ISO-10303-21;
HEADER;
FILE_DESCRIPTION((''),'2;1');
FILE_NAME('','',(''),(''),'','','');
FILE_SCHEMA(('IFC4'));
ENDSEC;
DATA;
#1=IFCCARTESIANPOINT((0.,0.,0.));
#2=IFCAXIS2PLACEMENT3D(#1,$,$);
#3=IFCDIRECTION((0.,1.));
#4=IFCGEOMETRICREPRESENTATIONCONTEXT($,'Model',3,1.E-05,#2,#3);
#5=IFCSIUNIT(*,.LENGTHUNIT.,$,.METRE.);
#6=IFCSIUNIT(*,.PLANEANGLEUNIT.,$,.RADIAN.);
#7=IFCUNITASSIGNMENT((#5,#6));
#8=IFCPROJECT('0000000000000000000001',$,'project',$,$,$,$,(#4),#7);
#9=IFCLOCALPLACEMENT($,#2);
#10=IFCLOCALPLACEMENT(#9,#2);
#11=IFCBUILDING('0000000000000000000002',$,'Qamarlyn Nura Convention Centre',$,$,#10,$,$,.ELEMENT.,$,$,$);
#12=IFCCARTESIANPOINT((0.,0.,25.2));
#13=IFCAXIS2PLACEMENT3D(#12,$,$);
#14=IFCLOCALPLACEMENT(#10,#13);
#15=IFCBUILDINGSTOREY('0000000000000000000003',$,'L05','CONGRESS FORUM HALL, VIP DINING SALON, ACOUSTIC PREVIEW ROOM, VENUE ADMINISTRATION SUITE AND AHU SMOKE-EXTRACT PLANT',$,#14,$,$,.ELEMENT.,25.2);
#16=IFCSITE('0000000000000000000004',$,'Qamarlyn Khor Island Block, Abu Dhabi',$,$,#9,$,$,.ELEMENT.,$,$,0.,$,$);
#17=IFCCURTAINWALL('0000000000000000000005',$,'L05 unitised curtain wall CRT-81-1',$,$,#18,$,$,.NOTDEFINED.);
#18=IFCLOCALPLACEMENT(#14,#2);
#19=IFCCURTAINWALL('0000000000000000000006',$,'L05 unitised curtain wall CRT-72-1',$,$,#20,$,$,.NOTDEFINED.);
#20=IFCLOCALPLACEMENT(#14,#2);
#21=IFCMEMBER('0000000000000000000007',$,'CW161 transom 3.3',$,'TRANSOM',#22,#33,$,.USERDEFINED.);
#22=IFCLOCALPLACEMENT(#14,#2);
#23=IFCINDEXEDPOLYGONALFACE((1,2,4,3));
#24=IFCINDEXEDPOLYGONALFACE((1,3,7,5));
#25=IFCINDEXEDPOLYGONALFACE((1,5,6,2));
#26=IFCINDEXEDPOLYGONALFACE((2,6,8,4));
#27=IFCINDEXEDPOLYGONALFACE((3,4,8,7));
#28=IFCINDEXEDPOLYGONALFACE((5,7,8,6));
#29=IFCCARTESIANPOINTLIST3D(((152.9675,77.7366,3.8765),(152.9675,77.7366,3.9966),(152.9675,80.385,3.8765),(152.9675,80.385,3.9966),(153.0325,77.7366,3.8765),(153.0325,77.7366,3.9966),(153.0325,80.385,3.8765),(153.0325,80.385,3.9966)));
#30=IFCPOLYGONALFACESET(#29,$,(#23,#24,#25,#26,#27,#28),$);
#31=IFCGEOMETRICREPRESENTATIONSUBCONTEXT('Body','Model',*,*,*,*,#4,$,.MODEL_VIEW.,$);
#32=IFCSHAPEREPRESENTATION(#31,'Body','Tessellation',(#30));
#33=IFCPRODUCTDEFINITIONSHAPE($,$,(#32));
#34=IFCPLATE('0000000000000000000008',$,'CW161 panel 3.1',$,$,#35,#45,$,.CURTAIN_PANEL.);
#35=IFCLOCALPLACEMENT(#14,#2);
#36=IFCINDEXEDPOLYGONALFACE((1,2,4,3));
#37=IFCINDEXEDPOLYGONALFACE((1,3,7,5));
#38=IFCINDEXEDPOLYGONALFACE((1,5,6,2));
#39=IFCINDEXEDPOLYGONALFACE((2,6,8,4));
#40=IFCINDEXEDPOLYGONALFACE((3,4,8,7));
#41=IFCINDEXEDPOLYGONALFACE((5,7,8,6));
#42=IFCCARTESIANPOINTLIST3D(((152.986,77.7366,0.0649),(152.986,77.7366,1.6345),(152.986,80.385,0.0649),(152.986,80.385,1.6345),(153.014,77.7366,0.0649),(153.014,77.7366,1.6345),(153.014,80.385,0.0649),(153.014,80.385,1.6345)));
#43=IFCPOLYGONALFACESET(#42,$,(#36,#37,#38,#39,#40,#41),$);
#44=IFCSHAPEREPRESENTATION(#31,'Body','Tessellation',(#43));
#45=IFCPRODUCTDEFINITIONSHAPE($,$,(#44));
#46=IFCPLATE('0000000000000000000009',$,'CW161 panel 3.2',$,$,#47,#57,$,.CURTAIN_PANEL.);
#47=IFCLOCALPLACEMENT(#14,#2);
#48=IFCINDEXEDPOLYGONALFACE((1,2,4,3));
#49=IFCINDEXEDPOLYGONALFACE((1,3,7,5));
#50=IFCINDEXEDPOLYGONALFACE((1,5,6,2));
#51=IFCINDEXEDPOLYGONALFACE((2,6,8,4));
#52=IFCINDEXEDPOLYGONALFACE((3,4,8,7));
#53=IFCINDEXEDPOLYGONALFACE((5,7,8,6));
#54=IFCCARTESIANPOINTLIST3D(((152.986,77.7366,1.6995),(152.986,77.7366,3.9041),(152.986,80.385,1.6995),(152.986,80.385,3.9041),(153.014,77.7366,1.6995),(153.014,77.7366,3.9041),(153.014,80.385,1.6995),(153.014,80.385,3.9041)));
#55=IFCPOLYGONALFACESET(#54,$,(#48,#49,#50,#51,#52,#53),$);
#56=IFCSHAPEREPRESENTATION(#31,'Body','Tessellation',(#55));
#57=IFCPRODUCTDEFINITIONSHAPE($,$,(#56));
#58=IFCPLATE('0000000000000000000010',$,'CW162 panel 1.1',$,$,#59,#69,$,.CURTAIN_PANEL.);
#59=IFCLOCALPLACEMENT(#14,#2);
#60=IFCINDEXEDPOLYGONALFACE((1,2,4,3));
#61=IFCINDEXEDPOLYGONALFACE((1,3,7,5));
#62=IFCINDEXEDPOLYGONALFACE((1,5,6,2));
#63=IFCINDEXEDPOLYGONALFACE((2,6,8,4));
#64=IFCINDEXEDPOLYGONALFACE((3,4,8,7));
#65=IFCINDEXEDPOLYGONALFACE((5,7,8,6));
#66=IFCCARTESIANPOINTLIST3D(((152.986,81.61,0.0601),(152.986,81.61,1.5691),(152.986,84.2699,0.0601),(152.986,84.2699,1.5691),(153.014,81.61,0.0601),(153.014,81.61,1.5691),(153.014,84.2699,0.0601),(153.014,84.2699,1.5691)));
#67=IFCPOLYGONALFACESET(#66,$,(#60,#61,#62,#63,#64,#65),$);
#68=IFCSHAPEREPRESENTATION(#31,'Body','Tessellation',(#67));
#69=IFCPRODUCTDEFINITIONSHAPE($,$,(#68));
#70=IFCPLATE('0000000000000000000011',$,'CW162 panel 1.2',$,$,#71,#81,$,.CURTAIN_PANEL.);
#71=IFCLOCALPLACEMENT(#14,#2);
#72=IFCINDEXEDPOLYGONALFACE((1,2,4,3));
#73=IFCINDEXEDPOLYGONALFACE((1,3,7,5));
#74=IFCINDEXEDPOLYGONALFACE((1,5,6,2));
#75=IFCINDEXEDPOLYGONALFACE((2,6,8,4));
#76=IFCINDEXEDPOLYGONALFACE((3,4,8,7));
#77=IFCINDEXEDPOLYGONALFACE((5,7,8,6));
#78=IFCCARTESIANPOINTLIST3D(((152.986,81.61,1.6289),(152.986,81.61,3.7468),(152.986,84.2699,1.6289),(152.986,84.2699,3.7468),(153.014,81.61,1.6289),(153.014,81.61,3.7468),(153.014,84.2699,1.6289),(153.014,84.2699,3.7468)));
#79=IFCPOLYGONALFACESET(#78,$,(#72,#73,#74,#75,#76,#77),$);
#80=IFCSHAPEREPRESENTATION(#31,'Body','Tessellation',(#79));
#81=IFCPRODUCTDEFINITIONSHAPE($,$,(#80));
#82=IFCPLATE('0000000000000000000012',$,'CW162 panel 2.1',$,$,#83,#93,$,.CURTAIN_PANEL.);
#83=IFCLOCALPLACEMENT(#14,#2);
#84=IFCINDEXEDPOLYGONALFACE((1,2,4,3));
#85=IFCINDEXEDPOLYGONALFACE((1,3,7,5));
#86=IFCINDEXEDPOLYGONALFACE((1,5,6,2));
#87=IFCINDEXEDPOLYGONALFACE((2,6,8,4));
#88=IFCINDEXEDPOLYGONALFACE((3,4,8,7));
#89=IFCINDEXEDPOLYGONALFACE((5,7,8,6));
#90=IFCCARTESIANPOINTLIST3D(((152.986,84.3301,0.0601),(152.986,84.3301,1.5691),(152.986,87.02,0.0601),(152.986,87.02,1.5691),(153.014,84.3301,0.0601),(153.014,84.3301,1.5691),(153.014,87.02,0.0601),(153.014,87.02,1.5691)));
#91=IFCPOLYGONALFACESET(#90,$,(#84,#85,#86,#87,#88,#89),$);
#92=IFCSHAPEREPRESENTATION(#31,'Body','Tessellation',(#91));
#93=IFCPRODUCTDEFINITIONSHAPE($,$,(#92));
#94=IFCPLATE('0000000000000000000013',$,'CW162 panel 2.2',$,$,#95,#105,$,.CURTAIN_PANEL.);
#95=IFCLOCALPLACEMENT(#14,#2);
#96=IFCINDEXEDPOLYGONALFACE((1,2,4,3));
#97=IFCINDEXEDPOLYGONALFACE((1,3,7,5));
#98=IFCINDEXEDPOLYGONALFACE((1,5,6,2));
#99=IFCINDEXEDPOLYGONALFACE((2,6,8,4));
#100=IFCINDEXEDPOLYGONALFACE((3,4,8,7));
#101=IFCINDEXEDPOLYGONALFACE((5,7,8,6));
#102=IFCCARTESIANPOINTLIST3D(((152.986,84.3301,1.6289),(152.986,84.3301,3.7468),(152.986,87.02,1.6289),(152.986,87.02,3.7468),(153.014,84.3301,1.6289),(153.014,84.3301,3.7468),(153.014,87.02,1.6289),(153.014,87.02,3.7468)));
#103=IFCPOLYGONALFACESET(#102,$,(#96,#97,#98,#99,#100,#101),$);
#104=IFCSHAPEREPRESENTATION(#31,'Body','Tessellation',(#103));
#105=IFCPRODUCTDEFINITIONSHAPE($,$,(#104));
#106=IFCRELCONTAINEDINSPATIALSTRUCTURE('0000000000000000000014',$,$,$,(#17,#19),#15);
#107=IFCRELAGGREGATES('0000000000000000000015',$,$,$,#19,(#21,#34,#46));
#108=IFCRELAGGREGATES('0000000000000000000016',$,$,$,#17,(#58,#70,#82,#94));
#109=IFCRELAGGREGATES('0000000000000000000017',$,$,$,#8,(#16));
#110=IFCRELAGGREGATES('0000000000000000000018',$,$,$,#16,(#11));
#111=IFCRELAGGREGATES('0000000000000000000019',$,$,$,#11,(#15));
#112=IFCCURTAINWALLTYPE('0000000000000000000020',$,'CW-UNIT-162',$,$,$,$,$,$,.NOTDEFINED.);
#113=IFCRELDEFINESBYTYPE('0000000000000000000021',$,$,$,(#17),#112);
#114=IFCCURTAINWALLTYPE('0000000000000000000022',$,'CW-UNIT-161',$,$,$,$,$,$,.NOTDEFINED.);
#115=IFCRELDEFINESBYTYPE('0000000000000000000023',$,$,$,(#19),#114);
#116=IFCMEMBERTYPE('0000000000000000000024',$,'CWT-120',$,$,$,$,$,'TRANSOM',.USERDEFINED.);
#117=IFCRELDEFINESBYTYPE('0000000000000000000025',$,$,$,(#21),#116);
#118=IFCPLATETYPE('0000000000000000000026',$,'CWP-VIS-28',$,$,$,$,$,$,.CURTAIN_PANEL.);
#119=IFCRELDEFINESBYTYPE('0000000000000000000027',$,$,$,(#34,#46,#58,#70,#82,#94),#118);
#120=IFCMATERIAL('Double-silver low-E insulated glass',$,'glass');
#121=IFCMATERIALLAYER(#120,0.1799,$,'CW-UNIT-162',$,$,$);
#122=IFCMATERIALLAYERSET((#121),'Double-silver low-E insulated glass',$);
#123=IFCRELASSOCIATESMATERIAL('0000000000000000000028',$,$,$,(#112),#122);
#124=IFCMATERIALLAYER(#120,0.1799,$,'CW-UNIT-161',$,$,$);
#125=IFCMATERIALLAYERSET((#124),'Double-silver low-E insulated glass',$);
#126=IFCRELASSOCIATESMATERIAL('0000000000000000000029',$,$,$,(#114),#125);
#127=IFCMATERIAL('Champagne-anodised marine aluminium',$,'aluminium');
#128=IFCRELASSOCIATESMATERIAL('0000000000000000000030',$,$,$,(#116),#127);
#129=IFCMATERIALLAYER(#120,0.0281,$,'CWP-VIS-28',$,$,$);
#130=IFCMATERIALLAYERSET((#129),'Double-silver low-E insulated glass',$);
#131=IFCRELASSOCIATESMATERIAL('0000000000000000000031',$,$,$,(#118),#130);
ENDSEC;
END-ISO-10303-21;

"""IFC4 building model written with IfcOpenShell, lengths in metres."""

from ifc_helpers import new_model, si_unit, direction, frame, origin, origin_2d, place, context, subcontext, project, spatial, rectangle, extrude, material, layer, layer_set, material_profile, profile_set, type_object, element, aggregate, save


model = new_model("IFC4")

# Units and contexts
model_context = context("Model", 3, precision=1e-05, world=origin(), true_north=direction((0.0, 1.0)))
body_context = subcontext(model_context, "Body", "Model", "MODEL_VIEW")
ifc_project = project(units=[si_unit("LENGTHUNIT", "METRE"), si_unit("PLANEANGLEUNIT", "RADIAN")], contexts=[model_context])

# Site, building, storey
site_placement = place(None, origin())
site = spatial("IfcSite", under=ifc_project, at=site_placement, Name="Qamarlyn Khor Island Block, Abu Dhabi", CompositionType="ELEMENT", RefElevation=0.0)
building_placement = place(site_placement, origin())
building = spatial("IfcBuilding", under=site, at=building_placement, Name="Qamarlyn Nura Convention Centre", CompositionType="ELEMENT")
storey_placement = place(building_placement, frame((0.0, 0.0, 25.2)))
storey = spatial("IfcBuildingStorey", under=building, at=storey_placement, Name="L05", Description="CONGRESS FORUM HALL, VIP DINING SALON, ACOUSTIC PREVIEW ROOM, VENUE ADMINISTRATION SUITE AND AHU SMOKE-EXTRACT PLANT", CompositionType="ELEMENT", Elevation=25.2)

# Curtain wall
ifc_material_1 = material(Name="Double-silver low-E insulated glass", Category="glass")
ifc_layer_1 = layer(ifc_material_1, 0.1799, Name="CW-UNIT-162")
ifc_layer_set_1 = layer_set([ifc_layer_1], Name="Double-silver low-E insulated glass")
curtain_wall_type_1 = type_object("IfcCurtainWallType", Name="CW-UNIT-162", PredefinedType="NOTDEFINED", material=ifc_layer_set_1)
curtain_wall_1_placement = place(storey_placement, origin())
curtain_wall_1 = element("IfcCurtainWall", 1, at=curtain_wall_1_placement, inside=storey, type_object=curtain_wall_type_1, Name="L05 unitised curtain wall CRT-81-1", PredefinedType="NOTDEFINED")
ifc_material_2 = material(Name="Champagne-anodised marine aluminium", Category="aluminium")

# Curtain wall
ifc_layer_2 = layer(ifc_material_1, 0.1799, Name="CW-UNIT-161")
ifc_layer_set_2 = layer_set([ifc_layer_2], Name="Double-silver low-E insulated glass")
curtain_wall_type_2 = type_object("IfcCurtainWallType", Name="CW-UNIT-161", PredefinedType="NOTDEFINED", material=ifc_layer_set_2)
curtain_wall_2_placement = place(storey_placement, origin())
curtain_wall_2 = element("IfcCurtainWall", 2, at=curtain_wall_2_placement, inside=storey, type_object=curtain_wall_type_2, Name="L05 unitised curtain wall CRT-72-1", PredefinedType="NOTDEFINED")

# Member
ifc_material_profile_1 = material_profile(ifc_material_2, rectangle(XDim=0.0649, YDim=0.1201, at=origin_2d()), Name="ALU TRANSOM 65x120")
ifc_profile_set_1 = profile_set([ifc_material_profile_1], Name="Champagne-anodised marine aluminium")
member_type_1 = type_object("IfcMemberType", Name="CWT-120", ElementType="TRANSOM", PredefinedType="USERDEFINED", material=ifc_profile_set_1)
member_1_placement = place(storey_placement, frame((153.0, 77.7366, 3.9365), z_axis=(0.0, 1.0, 0.0), x_axis=(-1.0, 0.0, 0.0)))
member_1 = element("IfcMember", 3, at=member_1_placement, type_object=member_type_1, Name="CW161 transom 3.3", ObjectType="TRANSOM", PredefinedType="USERDEFINED", context=body_context, shape_type="SweptSolid", body=[
    extrude(rectangle(XDim=0.0649, YDim=0.1201, at=origin_2d()), origin(), (0.0, 0.0, 1.0), 2.6484),
])

# Plates
ifc_layer_3 = layer(ifc_material_1, 0.0281, Name="CWP-VIS-28")
ifc_layer_set_3 = layer_set([ifc_layer_3], Name="Double-silver low-E insulated glass")
plate_type = type_object("IfcPlateType", Name="CWP-VIS-28", PredefinedType="CURTAIN_PANEL", material=ifc_layer_set_3)
plate_1_placement = place(storey_placement, frame((153.0, 79.0608, 0.0649), z_axis=(0.0, 0.0, 1.0), x_axis=(0.0, 1.0, 0.0)))
plate_1 = element("IfcPlate", 4, at=plate_1_placement, type_object=plate_type, Name="CW161 panel 3.1", PredefinedType="CURTAIN_PANEL", context=body_context, shape_type="SweptSolid", body=[
    extrude(rectangle(XDim=2.6484, YDim=0.0281, at=origin_2d()), origin(), (0.0, 0.0, 1.0), 1.5696),
])
plate_2_placement = place(storey_placement, frame((153.0, 79.0608, 1.6995), z_axis=(0.0, 0.0, 1.0), x_axis=(0.0, 1.0, 0.0)))
plate_2 = element("IfcPlate", 5, at=plate_2_placement, type_object=plate_type, Name="CW161 panel 3.2", PredefinedType="CURTAIN_PANEL", context=body_context, shape_type="SweptSolid", body=[
    extrude(rectangle(XDim=2.6484, YDim=0.0281, at=origin_2d()), origin(), (0.0, 0.0, 1.0), 2.2046),
])
aggregate(curtain_wall_2, [member_1, plate_1, plate_2])
plate_3_placement = place(storey_placement, frame((153.0, 82.9399, 0.0601), z_axis=(0.0, 0.0, 1.0), x_axis=(0.0, 1.0, 0.0)))
plate_3 = element("IfcPlate", 6, at=plate_3_placement, type_object=plate_type, Name="CW162 panel 1.1", PredefinedType="CURTAIN_PANEL", context=body_context, shape_type="SweptSolid", body=[
    extrude(rectangle(XDim=2.6599, YDim=0.0281, at=origin_2d()), origin(), (0.0, 0.0, 1.0), 1.509),
])
plate_4_placement = place(storey_placement, frame((153.0, 82.9399, 1.6289), z_axis=(0.0, 0.0, 1.0), x_axis=(0.0, 1.0, 0.0)))
plate_4 = element("IfcPlate", 7, at=plate_4_placement, type_object=plate_type, Name="CW162 panel 1.2", PredefinedType="CURTAIN_PANEL", context=body_context, shape_type="SweptSolid", body=[
    extrude(rectangle(XDim=2.6599, YDim=0.0281, at=origin_2d()), origin(), (0.0, 0.0, 1.0), 2.1179),
])
plate_5_placement = place(storey_placement, frame((153.0, 85.675, 0.0601), z_axis=(0.0, 0.0, 1.0), x_axis=(0.0, 1.0, 0.0)))
plate_5 = element("IfcPlate", 8, at=plate_5_placement, type_object=plate_type, Name="CW162 panel 2.1", PredefinedType="CURTAIN_PANEL", context=body_context, shape_type="SweptSolid", body=[
    extrude(rectangle(XDim=2.6899, YDim=0.0281, at=origin_2d()), origin(), (0.0, 0.0, 1.0), 1.509),
])
plate_6_placement = place(storey_placement, frame((153.0, 85.675, 1.6289), z_axis=(0.0, 0.0, 1.0), x_axis=(0.0, 1.0, 0.0)))
plate_6 = element("IfcPlate", 9, at=plate_6_placement, type_object=plate_type, Name="CW162 panel 2.2", PredefinedType="CURTAIN_PANEL", context=body_context, shape_type="SweptSolid", body=[
    extrude(rectangle(XDim=2.6899, YDim=0.0281, at=origin_2d()), origin(), (0.0, 0.0, 1.0), 2.1179),
])
aggregate(curtain_wall_1, [plate_3, plate_4, plate_5, plate_6])

save(model, "model.ifc")
